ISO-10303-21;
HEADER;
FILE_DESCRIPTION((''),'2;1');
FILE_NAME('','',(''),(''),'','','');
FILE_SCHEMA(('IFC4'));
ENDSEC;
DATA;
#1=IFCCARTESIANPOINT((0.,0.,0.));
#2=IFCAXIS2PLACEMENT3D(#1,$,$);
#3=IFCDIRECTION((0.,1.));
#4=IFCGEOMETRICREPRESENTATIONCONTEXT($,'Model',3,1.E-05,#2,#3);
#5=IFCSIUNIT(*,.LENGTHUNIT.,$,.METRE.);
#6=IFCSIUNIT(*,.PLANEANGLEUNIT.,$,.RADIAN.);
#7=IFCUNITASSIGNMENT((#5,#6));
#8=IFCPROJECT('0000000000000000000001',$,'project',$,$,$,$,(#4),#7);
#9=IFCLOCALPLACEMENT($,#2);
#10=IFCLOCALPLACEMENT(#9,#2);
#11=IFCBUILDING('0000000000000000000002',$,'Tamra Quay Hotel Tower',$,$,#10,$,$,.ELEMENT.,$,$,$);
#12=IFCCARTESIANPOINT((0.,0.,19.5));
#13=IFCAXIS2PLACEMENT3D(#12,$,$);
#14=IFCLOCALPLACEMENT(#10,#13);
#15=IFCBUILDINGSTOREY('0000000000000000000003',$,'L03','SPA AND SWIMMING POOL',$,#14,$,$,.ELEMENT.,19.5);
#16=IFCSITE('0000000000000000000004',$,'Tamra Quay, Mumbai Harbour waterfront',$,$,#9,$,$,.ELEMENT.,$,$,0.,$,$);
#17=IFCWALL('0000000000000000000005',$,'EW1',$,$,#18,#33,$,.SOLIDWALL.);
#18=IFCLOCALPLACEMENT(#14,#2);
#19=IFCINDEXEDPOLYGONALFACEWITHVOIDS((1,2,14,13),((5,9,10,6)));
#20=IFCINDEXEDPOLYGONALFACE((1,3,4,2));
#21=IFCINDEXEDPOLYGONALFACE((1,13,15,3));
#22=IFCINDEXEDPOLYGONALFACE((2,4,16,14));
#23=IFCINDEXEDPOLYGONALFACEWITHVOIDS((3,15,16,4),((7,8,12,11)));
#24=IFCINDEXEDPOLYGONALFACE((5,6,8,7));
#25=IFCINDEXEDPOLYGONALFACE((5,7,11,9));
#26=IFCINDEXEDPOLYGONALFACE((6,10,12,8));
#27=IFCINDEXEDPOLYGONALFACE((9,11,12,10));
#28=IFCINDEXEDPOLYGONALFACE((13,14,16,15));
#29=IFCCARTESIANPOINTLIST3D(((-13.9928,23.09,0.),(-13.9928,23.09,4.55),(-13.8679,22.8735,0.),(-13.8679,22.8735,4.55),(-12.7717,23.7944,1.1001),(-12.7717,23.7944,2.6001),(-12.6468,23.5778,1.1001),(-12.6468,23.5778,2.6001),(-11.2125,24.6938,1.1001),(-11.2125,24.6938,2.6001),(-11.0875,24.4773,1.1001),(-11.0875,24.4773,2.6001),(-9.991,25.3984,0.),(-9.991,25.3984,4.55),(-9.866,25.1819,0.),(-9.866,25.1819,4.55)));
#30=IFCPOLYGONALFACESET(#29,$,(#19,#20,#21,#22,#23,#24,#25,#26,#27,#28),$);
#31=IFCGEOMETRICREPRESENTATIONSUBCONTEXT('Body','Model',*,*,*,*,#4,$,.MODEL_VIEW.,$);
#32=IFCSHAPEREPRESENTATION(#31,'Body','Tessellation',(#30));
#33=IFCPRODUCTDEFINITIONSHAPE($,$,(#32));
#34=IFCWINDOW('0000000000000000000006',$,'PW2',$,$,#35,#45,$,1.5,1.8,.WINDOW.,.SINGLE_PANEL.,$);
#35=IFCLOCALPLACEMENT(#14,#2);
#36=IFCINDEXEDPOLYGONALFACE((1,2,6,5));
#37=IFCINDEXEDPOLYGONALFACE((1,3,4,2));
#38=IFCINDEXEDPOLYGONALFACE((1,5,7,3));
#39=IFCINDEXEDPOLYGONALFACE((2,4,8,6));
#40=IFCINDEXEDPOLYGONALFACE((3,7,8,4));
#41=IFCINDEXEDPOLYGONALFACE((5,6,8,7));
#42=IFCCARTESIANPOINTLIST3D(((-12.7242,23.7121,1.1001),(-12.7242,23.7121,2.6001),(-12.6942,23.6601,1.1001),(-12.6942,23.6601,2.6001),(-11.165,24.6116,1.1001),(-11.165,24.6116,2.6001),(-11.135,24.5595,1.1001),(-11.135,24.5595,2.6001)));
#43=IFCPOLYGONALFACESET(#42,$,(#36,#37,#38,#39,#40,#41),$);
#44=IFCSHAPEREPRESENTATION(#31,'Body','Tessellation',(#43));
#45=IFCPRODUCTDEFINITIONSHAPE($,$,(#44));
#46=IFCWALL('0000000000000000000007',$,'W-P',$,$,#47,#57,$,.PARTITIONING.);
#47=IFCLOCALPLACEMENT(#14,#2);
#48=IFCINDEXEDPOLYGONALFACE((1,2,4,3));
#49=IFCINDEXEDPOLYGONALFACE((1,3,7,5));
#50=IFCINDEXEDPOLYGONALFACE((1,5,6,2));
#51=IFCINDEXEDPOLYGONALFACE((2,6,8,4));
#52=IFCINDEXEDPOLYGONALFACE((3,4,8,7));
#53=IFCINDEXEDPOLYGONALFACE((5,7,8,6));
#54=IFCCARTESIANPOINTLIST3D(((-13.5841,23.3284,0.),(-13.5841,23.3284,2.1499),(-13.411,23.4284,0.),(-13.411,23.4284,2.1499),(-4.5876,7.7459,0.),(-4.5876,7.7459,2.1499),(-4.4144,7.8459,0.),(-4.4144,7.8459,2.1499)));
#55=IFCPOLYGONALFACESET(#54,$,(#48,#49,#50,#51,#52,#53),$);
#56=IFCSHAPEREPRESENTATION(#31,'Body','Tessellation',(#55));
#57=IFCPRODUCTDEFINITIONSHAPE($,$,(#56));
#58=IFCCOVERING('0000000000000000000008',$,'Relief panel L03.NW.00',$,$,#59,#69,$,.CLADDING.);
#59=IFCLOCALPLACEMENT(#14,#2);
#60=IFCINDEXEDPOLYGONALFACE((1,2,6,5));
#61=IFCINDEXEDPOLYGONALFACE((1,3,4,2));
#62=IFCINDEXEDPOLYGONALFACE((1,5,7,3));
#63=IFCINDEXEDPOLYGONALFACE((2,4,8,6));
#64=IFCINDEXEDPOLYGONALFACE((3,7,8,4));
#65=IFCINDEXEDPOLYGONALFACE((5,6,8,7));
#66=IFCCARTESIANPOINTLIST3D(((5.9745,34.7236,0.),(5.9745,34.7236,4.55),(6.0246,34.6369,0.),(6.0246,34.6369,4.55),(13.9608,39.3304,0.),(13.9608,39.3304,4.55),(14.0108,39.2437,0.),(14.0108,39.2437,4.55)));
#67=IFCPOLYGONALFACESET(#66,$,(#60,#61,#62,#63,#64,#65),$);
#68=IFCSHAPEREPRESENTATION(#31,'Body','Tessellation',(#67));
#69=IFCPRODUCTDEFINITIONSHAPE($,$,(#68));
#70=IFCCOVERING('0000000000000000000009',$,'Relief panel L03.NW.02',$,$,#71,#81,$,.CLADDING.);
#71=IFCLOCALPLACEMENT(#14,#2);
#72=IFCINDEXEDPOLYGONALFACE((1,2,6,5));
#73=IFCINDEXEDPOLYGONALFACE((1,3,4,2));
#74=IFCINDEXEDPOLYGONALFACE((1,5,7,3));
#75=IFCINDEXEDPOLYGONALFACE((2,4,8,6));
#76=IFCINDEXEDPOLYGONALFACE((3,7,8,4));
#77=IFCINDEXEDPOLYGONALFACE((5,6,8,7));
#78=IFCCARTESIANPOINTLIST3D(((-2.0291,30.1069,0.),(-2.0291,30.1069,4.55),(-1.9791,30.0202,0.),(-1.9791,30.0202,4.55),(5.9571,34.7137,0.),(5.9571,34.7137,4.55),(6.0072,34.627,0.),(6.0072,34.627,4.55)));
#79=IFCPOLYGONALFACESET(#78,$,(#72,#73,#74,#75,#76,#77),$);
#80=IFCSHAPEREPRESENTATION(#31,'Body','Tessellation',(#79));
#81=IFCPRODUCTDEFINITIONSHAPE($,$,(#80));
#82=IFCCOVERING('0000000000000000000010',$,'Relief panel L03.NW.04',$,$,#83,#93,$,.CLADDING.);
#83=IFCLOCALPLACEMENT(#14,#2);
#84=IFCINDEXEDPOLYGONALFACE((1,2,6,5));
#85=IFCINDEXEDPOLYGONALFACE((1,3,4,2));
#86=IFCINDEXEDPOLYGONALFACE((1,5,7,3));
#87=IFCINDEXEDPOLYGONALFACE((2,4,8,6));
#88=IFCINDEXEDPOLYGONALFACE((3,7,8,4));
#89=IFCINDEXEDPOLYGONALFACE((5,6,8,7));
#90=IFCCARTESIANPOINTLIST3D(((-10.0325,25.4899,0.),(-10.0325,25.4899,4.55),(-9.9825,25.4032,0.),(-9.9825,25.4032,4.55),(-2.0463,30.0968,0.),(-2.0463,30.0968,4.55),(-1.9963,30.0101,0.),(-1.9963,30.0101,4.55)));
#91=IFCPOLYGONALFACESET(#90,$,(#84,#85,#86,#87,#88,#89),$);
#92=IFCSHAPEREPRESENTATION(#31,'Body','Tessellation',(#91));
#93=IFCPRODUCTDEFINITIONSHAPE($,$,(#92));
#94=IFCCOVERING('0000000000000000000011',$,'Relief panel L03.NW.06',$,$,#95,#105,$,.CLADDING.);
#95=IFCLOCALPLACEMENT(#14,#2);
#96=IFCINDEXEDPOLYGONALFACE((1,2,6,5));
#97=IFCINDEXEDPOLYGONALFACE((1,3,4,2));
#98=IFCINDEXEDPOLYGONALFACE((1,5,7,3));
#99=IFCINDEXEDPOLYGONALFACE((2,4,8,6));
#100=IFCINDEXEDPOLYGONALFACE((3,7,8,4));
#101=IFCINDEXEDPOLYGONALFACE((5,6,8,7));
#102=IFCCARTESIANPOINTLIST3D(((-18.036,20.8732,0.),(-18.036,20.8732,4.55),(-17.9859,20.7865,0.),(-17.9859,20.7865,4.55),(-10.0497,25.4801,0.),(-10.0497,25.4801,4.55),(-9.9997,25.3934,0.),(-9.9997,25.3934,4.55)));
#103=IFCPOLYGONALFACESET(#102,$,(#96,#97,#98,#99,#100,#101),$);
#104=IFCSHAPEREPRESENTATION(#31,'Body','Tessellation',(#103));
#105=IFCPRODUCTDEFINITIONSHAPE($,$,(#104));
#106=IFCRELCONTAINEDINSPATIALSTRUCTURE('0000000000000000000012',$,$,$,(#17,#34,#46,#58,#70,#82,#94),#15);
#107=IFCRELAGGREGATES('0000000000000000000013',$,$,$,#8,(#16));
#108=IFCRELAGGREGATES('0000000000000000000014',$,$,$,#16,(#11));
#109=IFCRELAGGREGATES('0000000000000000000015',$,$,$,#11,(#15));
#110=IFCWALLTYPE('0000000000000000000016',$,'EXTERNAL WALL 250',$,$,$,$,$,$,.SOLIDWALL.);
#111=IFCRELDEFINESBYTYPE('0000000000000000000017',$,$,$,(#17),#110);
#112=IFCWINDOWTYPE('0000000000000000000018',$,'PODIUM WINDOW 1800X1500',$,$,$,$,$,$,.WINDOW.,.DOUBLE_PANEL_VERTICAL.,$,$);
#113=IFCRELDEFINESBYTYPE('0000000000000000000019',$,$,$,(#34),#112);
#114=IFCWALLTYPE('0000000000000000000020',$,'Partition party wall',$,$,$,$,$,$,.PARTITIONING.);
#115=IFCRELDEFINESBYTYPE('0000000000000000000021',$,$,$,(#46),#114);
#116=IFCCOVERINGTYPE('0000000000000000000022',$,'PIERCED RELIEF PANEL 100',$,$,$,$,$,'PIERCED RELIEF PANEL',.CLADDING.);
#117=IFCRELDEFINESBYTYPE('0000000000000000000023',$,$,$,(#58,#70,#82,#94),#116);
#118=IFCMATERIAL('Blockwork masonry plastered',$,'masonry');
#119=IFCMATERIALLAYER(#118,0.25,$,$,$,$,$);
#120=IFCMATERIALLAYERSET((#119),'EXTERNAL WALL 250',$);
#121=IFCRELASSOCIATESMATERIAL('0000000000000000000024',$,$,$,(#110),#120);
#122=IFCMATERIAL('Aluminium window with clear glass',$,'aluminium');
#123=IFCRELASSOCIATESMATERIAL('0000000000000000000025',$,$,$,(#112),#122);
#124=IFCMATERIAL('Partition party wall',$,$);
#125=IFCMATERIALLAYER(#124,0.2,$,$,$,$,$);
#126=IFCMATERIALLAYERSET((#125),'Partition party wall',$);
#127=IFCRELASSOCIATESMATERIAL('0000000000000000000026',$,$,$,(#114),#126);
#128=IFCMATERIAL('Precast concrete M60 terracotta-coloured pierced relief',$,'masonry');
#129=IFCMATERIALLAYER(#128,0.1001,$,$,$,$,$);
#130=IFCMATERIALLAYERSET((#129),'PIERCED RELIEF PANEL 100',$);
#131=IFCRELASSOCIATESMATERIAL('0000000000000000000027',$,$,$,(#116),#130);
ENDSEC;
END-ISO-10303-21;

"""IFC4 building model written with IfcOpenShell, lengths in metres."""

from ifc_helpers import new_model, si_unit, direction, frame, frame_2d, origin, origin_2d, place, context, subcontext, project, spatial, rectangle, extrude, material, layer, layer_set, type_object, element, fill, save


model = new_model("IFC4")

# Units and contexts
model_context = context("Model", 3, precision=1e-05, world=origin(), true_north=direction((0.0, 1.0)))
body_context = subcontext(model_context, "Body", "Model", "MODEL_VIEW")
ifc_project = project(units=[si_unit("LENGTHUNIT", "METRE"), si_unit("PLANEANGLEUNIT", "RADIAN")], contexts=[model_context])

# Site, building, storey
site_placement = place(None, origin())
site = spatial("IfcSite", under=ifc_project, at=site_placement, Name="Tamra Quay, Mumbai Harbour waterfront", CompositionType="ELEMENT", RefElevation=0.0)
building_placement = place(site_placement, origin())
building = spatial("IfcBuilding", under=site, at=building_placement, Name="Tamra Quay Hotel Tower", CompositionType="ELEMENT")
storey_placement = place(building_placement, frame((0.0, 0.0, 19.5)))
storey = spatial("IfcBuildingStorey", under=building, at=storey_placement, Name="L03", Description="SPA AND SWIMMING POOL", CompositionType="ELEMENT", Elevation=19.5)

# Shared definitions
ifc_material_1 = material(Name="Blockwork masonry plastered", Category="masonry")
ifc_layer_1 = layer(ifc_material_1, 0.25)
ifc_layer_set_1 = layer_set([ifc_layer_1], Name="EXTERNAL WALL 250")
wall_type_1 = type_object("IfcWallType", Name="EXTERNAL WALL 250", PredefinedType="SOLIDWALL", material=ifc_layer_set_1)
ifc_material_2 = material(Name="Aluminium window with clear glass", Category="aluminium")
window_type = type_object("IfcWindowType", Name="PODIUM WINDOW 1800X1500", PartitioningType="DOUBLE_PANEL_VERTICAL", PredefinedType="WINDOW", material=ifc_material_2)

# Wall, opening, window
wall_1_placement = place(storey_placement, frame((-13.9304, 22.9817, 0.0), z_axis=(0.0, 0.0, 1.0), x_axis=(0.866216, 0.499669, 0.0)))
wall_1 = element("IfcWall", 1, at=wall_1_placement, inside=storey, type_object=wall_type_1, Name="EW1", PredefinedType="SOLIDWALL", context=body_context, shape_type="SweptSolid", body=[
    extrude(rectangle(XDim=4.6199, YDim=0.25, at=frame_2d((2.3101, 0.0))), origin(), (0.0, 0.0, 1.0), 4.55),
])
opening_1_placement = place(wall_1_placement, frame((1.4099, 0.0, 1.1001)))
opening_1 = element("IfcOpeningElement", 2, at=opening_1_placement, cuts=wall_1, PredefinedType="OPENING", context=body_context, shape_type="SweptSolid", body=[
    extrude(rectangle(XDim=1.8, YDim=1.5, at=frame_2d((0.8999, 0.75))), frame((0.0, 0.135, 0.0), z_axis=(0.0, -1.0, 0.0), x_axis=(1.0, 0.0, 0.0)), (0.0, 0.0, 1.0), 0.27),
])
window_1_placement = place(opening_1_placement, origin())
window_1 = element("IfcWindow", 3, at=window_1_placement, inside=storey, type_object=window_type, Name="PW2", OverallHeight=1.5, OverallWidth=1.8, PartitioningType="SINGLE_PANEL", PredefinedType="WINDOW", context=body_context, shape_type="SweptSolid", body=[
    extrude(rectangle(XDim=1.8, YDim=1.5, at=frame_2d((0.8999, 0.75))), frame((0.0, 0.03, 0.0), z_axis=(0.0, -1.0, 0.0), x_axis=(1.0, 0.0, 0.0)), (0.0, 0.0, 1.0), 0.0601),
])
fill(opening_1, window_1)

# Wall
ifc_material_3 = material(Name="Partition party wall")
ifc_layer_2 = layer(ifc_material_3, 0.2)
ifc_layer_set_2 = layer_set([ifc_layer_2], Name="Partition party wall")
wall_type_2 = type_object("IfcWallType", Name="Partition party wall", PredefinedType="PARTITIONING", material=ifc_layer_set_2)
wall_2_placement = place(storey_placement, frame((-13.4976, 23.3784, 0.0), z_axis=(0.0, 0.0, 1.0), x_axis=(0.5, -0.866025, 0.0)))
element("IfcWall", 4, at=wall_2_placement, inside=storey, type_object=wall_type_2, Name="W-P", PredefinedType="PARTITIONING", context=body_context, shape_type="SweptSolid", body=[
    extrude(rectangle(XDim=17.9932, YDim=0.2, at=frame_2d((8.9966, 0.0))), origin(), (0.0, 0.0, 1.0), 2.1499),
])

# Coverings
ifc_material_4 = material(Name="Precast concrete M60 terracotta-coloured pierced relief", Category="masonry")
ifc_layer_3 = layer(ifc_material_4, 0.1001)
ifc_layer_set_3 = layer_set([ifc_layer_3], Name="PIERCED RELIEF PANEL 100")
covering_type = type_object("IfcCoveringType", Name="PIERCED RELIEF PANEL 100", ElementType="PIERCED RELIEF PANEL", PredefinedType="CLADDING", material=ifc_layer_set_3)
for number, where, z_axis, x_axis, name in (
    (5, (9.9927, 36.9836, 0.0), (0.0, 0.0, 1.0), (-0.866215, -0.499672, 0.0), "Relief panel L03.NW.00"),
    (6, (1.989, 32.3669, 0.0), (0.0, 0.0, 1.0), (-0.866215, -0.499672, 0.0), "Relief panel L03.NW.02"),
    (7, (-6.0144, 27.75, 0.0), (0.0, 0.0, 1.0), (-0.866215, -0.499672, 0.0), "Relief panel L03.NW.04"),
    (8, (-14.0178, 23.1333, 0.0), (0.0, 0.0, 1.0), (-0.866215, -0.499672, 0.0), "Relief panel L03.NW.06"),
):
    element("IfcCovering", number, at=place(storey_placement, frame(where, z_axis=z_axis, x_axis=x_axis)), inside=storey, type_object=covering_type, Name=name, PredefinedType="CLADDING", context=body_context, shape_type="SweptSolid", body=[
        extrude(rectangle(XDim=9.2197, YDim=0.1001, at=origin_2d()), origin(), (0.0, 0.0, 1.0), 4.55),
    ])

save(model, "model.ifc")
